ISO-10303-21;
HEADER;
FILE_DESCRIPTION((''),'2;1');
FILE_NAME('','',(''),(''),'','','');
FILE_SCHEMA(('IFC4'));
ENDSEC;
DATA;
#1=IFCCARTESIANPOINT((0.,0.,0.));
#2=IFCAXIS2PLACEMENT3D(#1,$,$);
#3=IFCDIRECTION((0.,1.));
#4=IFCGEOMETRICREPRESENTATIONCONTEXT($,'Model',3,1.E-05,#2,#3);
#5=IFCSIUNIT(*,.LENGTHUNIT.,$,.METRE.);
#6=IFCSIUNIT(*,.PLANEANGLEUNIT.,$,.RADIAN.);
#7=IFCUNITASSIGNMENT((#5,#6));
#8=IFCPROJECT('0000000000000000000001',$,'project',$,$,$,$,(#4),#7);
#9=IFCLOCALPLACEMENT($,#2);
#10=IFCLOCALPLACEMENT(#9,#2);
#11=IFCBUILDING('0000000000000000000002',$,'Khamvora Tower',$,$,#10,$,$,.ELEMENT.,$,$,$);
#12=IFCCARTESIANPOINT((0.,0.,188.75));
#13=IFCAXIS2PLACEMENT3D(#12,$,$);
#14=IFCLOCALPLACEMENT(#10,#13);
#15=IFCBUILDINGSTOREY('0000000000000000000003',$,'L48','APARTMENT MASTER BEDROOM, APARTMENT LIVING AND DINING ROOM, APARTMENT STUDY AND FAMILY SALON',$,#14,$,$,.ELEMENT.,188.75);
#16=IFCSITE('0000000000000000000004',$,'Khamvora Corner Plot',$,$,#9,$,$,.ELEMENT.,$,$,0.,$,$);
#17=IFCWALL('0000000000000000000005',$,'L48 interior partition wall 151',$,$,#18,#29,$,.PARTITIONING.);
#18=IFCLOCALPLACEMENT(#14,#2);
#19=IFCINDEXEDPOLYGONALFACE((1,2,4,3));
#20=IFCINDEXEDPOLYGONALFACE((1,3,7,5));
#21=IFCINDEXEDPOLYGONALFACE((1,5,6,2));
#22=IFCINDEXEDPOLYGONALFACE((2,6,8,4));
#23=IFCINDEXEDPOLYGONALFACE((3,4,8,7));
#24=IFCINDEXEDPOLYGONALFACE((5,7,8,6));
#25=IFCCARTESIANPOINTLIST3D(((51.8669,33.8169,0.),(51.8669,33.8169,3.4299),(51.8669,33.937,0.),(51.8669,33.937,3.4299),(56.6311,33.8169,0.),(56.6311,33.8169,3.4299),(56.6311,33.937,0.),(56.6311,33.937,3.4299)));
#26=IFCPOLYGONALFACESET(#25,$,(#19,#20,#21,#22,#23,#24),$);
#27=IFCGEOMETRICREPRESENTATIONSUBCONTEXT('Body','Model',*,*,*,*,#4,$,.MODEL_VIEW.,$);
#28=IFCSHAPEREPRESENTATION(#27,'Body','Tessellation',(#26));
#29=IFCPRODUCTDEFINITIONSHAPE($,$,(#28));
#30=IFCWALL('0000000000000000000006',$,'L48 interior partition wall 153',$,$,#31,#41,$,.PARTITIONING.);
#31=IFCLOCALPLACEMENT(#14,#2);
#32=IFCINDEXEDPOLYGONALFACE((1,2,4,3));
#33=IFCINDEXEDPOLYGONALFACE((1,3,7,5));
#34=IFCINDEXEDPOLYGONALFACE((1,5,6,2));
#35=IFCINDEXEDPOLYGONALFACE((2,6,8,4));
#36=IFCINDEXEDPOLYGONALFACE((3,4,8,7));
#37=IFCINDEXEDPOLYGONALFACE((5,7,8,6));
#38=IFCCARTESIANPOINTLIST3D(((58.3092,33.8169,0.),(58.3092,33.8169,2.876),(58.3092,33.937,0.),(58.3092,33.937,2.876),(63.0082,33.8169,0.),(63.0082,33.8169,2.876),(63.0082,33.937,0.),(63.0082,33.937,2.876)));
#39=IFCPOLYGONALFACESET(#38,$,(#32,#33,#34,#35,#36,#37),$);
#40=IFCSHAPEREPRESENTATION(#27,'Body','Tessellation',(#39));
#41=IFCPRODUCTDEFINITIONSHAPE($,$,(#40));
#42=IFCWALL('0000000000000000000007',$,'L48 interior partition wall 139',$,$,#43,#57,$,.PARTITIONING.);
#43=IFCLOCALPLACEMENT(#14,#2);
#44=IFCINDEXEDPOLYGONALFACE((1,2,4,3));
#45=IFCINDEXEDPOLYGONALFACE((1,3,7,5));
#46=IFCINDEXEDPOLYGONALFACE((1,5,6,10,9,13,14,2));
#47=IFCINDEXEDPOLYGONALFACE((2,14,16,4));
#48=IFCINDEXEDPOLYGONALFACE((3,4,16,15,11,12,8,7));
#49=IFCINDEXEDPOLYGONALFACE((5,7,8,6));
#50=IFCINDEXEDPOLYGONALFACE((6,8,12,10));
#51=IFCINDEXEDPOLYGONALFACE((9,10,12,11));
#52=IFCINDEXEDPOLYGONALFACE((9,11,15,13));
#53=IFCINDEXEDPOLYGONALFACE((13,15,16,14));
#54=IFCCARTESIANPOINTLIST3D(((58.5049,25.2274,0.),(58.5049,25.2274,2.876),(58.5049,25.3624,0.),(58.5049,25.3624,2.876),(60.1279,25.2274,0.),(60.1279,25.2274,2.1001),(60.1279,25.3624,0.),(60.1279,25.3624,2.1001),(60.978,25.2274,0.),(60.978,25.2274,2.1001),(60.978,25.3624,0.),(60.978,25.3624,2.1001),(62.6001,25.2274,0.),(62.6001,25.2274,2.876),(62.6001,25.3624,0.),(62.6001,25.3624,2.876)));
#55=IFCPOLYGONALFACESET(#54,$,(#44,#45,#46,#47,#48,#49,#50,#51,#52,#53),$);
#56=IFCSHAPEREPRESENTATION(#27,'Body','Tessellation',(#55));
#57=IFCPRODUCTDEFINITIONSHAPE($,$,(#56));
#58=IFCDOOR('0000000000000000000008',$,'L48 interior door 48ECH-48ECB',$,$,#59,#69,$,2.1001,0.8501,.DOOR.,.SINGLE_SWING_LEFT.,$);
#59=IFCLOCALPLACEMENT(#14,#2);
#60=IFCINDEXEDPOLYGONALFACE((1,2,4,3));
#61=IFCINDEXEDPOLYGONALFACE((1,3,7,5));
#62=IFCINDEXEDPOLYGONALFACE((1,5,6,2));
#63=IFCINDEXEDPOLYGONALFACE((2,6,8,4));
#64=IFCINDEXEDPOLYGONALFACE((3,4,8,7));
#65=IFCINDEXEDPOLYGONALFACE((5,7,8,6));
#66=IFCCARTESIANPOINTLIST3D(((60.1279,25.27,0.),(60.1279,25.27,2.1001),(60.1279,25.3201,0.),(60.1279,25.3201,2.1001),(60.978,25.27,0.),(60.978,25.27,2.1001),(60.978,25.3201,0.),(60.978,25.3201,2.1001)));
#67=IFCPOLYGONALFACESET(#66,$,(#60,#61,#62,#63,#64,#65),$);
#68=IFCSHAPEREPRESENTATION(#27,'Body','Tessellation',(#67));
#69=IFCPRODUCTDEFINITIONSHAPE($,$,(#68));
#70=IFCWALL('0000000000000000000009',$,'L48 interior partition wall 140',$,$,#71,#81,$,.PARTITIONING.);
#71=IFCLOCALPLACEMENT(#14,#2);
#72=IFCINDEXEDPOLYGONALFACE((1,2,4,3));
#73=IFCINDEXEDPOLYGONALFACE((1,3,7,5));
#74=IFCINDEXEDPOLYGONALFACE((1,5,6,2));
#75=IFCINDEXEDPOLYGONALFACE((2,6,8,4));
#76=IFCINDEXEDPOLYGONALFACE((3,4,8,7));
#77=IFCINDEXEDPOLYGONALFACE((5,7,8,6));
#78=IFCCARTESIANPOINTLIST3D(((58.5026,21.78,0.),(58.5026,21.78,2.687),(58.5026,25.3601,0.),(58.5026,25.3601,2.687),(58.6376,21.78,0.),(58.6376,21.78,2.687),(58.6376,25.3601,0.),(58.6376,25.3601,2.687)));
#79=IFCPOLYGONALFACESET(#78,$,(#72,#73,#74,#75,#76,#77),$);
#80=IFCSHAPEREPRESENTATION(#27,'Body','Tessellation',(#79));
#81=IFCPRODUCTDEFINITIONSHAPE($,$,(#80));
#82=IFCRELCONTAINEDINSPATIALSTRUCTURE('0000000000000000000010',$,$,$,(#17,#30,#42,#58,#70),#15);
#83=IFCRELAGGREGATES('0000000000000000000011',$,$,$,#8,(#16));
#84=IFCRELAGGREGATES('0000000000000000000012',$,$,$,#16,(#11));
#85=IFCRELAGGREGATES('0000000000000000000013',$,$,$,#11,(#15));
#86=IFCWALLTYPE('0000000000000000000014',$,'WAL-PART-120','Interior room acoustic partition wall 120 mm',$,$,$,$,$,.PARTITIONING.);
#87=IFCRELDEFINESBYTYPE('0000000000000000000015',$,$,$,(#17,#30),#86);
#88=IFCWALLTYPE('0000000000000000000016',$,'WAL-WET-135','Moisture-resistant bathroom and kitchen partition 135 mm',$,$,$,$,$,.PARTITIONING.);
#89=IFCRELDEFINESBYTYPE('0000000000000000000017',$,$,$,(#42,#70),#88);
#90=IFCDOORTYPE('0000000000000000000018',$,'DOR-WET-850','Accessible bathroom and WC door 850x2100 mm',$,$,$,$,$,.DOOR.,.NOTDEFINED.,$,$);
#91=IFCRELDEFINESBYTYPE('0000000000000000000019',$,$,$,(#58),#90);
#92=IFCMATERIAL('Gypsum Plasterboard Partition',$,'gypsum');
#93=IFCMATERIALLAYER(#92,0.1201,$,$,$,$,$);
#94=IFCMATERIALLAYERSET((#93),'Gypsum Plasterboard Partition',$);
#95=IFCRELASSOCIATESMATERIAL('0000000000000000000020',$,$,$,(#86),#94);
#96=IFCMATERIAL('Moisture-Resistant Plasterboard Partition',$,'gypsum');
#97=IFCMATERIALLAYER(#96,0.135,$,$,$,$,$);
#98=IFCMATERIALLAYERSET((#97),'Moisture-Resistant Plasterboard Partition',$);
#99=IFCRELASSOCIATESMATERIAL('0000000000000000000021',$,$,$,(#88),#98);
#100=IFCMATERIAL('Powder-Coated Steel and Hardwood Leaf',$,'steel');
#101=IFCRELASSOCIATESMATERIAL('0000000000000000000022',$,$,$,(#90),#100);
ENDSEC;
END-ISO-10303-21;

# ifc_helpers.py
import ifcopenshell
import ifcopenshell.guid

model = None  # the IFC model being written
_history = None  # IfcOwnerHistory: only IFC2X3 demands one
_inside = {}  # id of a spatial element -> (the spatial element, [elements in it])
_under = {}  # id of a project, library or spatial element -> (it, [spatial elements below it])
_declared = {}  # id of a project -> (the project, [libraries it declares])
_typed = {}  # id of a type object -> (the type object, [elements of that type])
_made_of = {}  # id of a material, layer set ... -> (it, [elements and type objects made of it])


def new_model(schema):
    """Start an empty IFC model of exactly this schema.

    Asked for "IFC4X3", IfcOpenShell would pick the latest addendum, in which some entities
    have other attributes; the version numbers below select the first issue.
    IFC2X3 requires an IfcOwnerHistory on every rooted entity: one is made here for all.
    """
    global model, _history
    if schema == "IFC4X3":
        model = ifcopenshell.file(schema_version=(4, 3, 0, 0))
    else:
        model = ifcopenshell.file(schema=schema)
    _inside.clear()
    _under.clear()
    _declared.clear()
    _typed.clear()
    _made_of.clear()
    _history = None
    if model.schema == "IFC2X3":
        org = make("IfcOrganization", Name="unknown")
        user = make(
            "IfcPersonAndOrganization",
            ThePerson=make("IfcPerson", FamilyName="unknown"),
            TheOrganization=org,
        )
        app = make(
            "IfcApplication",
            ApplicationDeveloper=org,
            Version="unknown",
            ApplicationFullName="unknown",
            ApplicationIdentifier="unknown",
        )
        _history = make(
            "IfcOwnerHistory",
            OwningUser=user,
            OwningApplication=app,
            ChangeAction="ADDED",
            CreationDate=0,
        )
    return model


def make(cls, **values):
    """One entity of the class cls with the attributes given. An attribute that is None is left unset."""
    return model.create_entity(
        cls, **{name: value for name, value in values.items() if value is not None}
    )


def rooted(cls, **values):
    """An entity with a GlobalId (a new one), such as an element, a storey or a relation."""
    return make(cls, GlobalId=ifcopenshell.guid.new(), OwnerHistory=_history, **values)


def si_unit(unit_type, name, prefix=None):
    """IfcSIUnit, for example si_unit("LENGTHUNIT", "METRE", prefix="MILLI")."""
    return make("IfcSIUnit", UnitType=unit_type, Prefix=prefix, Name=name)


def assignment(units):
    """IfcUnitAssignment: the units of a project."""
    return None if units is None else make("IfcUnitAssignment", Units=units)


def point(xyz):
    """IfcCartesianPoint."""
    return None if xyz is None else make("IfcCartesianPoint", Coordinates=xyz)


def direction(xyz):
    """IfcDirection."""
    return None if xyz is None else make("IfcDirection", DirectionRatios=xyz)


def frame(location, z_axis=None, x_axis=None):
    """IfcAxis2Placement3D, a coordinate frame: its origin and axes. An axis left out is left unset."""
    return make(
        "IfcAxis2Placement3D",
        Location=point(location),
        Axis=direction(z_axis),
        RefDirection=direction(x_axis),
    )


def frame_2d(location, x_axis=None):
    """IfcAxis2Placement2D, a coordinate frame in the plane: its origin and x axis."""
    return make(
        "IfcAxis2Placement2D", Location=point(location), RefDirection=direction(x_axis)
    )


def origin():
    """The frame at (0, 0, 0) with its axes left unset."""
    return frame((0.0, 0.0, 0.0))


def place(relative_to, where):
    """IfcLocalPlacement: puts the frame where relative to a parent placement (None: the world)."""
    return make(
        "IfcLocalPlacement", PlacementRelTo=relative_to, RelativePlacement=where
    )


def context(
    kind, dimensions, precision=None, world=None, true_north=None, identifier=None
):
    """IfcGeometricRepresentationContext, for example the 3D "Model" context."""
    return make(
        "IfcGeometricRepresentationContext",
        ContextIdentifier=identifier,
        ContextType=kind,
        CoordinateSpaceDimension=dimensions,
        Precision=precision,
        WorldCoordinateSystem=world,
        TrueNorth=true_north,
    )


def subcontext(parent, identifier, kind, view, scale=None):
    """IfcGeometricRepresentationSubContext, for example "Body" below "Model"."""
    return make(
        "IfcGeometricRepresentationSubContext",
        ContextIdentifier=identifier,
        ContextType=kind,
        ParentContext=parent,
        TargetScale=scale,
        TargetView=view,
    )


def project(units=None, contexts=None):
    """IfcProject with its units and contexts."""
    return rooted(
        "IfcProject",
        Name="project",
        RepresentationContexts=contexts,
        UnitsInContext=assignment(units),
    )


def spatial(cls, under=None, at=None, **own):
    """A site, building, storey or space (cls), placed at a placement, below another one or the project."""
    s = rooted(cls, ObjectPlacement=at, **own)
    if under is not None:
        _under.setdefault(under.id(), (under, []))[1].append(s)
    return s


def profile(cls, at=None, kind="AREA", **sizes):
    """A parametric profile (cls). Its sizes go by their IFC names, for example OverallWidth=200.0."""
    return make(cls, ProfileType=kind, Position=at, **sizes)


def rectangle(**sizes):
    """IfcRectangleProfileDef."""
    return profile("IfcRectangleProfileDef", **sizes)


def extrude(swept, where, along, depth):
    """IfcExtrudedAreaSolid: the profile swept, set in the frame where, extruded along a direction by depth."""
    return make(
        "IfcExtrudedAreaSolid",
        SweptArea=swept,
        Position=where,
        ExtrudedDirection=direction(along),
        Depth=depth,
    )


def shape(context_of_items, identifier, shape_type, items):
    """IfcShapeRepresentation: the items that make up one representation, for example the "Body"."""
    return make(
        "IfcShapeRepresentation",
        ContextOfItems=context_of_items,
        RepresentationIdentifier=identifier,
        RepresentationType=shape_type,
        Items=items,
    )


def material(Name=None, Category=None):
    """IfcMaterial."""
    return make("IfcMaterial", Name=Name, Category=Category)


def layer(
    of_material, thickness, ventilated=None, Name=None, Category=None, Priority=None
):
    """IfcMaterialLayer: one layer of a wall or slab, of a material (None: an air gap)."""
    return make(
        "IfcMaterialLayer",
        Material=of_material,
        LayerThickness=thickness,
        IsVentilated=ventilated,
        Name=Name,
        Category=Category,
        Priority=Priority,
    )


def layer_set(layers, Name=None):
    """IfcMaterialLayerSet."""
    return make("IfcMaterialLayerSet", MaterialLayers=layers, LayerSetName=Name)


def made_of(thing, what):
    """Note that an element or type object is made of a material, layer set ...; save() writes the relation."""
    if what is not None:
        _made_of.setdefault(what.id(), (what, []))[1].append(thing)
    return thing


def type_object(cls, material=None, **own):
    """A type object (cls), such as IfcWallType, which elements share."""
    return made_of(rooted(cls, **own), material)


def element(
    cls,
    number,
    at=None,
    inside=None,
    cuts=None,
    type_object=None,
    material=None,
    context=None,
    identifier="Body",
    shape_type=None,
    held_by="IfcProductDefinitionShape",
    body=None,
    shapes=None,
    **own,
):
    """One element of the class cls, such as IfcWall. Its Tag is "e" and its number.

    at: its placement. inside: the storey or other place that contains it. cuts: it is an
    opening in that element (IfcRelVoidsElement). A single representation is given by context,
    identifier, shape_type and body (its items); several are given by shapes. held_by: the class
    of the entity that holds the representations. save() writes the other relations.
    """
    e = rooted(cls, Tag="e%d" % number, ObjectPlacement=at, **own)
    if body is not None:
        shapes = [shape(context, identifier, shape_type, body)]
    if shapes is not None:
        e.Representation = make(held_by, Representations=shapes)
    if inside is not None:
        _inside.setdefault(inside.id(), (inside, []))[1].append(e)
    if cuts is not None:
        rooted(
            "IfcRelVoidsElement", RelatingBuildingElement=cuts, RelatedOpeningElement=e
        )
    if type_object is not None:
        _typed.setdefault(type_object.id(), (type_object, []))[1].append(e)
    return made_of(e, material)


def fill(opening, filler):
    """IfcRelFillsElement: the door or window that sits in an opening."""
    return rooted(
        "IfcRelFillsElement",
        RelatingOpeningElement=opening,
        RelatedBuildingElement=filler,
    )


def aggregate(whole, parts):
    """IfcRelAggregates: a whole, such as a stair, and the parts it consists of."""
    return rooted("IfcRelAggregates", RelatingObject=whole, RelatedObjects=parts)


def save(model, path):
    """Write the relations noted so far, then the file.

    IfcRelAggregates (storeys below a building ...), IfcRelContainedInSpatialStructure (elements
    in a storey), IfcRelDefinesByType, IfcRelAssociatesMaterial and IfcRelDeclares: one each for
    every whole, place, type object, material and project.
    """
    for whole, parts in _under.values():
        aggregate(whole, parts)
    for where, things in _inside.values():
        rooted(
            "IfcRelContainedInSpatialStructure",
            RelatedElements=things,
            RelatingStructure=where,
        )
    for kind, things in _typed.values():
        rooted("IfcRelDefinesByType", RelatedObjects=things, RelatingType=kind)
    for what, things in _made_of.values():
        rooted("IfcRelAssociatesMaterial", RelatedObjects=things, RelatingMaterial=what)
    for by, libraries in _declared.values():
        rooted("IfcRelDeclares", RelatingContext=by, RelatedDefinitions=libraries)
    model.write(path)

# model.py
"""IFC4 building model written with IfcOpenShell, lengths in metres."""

from ifc_helpers import new_model, si_unit, direction, frame, frame_2d, origin, place, context, subcontext, project, spatial, rectangle, extrude, material, layer, layer_set, type_object, element, fill, save


model = new_model("IFC4")

# Units and contexts
model_context = context("Model", 3, precision=1e-05, world=origin(), true_north=direction((0.0, 1.0)))
body_context = subcontext(model_context, "Body", "Model", "MODEL_VIEW")
ifc_project = project(units=[si_unit("LENGTHUNIT", "METRE"), si_unit("PLANEANGLEUNIT", "RADIAN")], contexts=[model_context])

# Site, building, storey
site_placement = place(None, origin())
site = spatial("IfcSite", under=ifc_project, at=site_placement, Name="Khamvora Corner Plot", CompositionType="ELEMENT", RefElevation=0.0)
building_placement = place(site_placement, origin())
building = spatial("IfcBuilding", under=site, at=building_placement, Name="Khamvora Tower", CompositionType="ELEMENT")
storey_placement = place(building_placement, frame((0.0, 0.0, 188.75)))
storey = spatial("IfcBuildingStorey", under=building, at=storey_placement, Name="L48", Description="APARTMENT MASTER BEDROOM, APARTMENT LIVING AND DINING ROOM, APARTMENT STUDY AND FAMILY SALON", CompositionType="ELEMENT", Elevation=188.75)

# Shared definitions
ifc_material_1 = material(Name="Gypsum Plasterboard Partition", Category="gypsum")
ifc_layer_1 = layer(ifc_material_1, 0.1201)
ifc_layer_set_1 = layer_set([ifc_layer_1], Name="Gypsum Plasterboard Partition")
wall_type_1 = type_object("IfcWallType", Name="WAL-PART-120", Description="Interior room acoustic partition wall 120 mm", PredefinedType="PARTITIONING", material=ifc_layer_set_1)
ifc_material_2 = material(Name="Powder-Coated Steel and Hardwood Leaf", Category="steel")

# Walls
wall_1_placement = place(storey_placement, frame((51.8669, 33.877, 0.0), z_axis=(0.0, 0.0, 1.0), x_axis=(1.0, 0.0, 0.0)))
element("IfcWall", 1, at=wall_1_placement, inside=storey, type_object=wall_type_1, Name="L48 interior partition wall 151", PredefinedType="PARTITIONING", context=body_context, shape_type="SweptSolid", body=[
    extrude(rectangle(XDim=4.7642, YDim=0.1201, at=frame_2d((2.3821, 0.0))), origin(), (0.0, 0.0, 1.0), 3.4299),
])
wall_2_placement = place(storey_placement, frame((58.3091, 33.877, 0.0), z_axis=(0.0, 0.0, 1.0), x_axis=(1.0, 0.0, 0.0)))
element("IfcWall", 2, at=wall_2_placement, inside=storey, type_object=wall_type_1, Name="L48 interior partition wall 153", PredefinedType="PARTITIONING", context=body_context, shape_type="SweptSolid", body=[
    extrude(rectangle(XDim=4.699, YDim=0.1201, at=frame_2d((2.3496, 0.0))), origin(), (0.0, 0.0, 1.0), 2.876),
])

# Wall, opening, door
ifc_material_3 = material(Name="Moisture-Resistant Plasterboard Partition", Category="gypsum")
ifc_layer_2 = layer(ifc_material_3, 0.135)
ifc_layer_set_2 = layer_set([ifc_layer_2], Name="Moisture-Resistant Plasterboard Partition")
wall_type_2 = type_object("IfcWallType", Name="WAL-WET-135", Description="Moisture-resistant bathroom and kitchen partition 135 mm", PredefinedType="PARTITIONING", material=ifc_layer_set_2)
wall_3_placement = place(storey_placement, frame((62.6001, 25.2949, 0.0), z_axis=(0.0, 0.0, 1.0), x_axis=(-1.0, 0.0, 0.0)))
wall_3 = element("IfcWall", 3, at=wall_3_placement, inside=storey, type_object=wall_type_2, Name="L48 interior partition wall 139", PredefinedType="PARTITIONING", context=body_context, shape_type="SweptSolid", body=[
    extrude(rectangle(XDim=4.0952, YDim=0.135, at=frame_2d((2.0476, 0.0))), origin(), (0.0, 0.0, 1.0), 2.876),
])
opening_1_placement = place(wall_3_placement, frame((1.6221, 0.0, 0.0)))
opening_1 = element("IfcOpeningElement", 4, at=opening_1_placement, cuts=wall_3, PredefinedType="OPENING", context=body_context, shape_type="SweptSolid", body=[
    extrude(rectangle(XDim=0.8501, YDim=2.1001, at=frame_2d((0.425, 1.05))), frame((0.0, 0.0774, 0.0), z_axis=(0.0, -1.0, 0.0), x_axis=(1.0, 0.0, 0.0)), (0.0, 0.0, 1.0), 0.155),
])
door_type_1 = type_object("IfcDoorType", Name="DOR-WET-850", Description="Accessible bathroom and WC door 850x2100 mm", OperationType="NOTDEFINED", PredefinedType="DOOR", material=ifc_material_2)
door_1_placement = place(opening_1_placement, origin())
door_1 = element("IfcDoor", 5, at=door_1_placement, inside=storey, type_object=door_type_1, Name="L48 interior door 48ECH-48ECB", OperationType="SINGLE_SWING_LEFT", OverallHeight=2.1001, OverallWidth=0.8501, PredefinedType="DOOR", context=body_context, shape_type="SweptSolid", body=[
    extrude(rectangle(XDim=0.8501, YDim=2.1001, at=frame_2d((0.425, 1.05))), frame((0.0, 0.0249, 0.0), z_axis=(0.0, -1.0, 0.0), x_axis=(1.0, 0.0, 0.0)), (0.0, 0.0, 1.0), 0.05),
])
fill(opening_1, door_1)

# Wall
wall_4_placement = place(storey_placement, frame((58.5701, 25.3601, 0.0), z_axis=(0.0, 0.0, 1.0), x_axis=(0.0, -1.0, 0.0)))
element("IfcWall", 6, at=wall_4_placement, inside=storey, type_object=wall_type_2, Name="L48 interior partition wall 140", PredefinedType="PARTITIONING", context=body_context, shape_type="SweptSolid", body=[
    extrude(rectangle(XDim=3.5801, YDim=0.135, at=frame_2d((1.79, 0.0))), origin(), (0.0, 0.0, 1.0), 2.687),
])

save(model, "model.ifc")
